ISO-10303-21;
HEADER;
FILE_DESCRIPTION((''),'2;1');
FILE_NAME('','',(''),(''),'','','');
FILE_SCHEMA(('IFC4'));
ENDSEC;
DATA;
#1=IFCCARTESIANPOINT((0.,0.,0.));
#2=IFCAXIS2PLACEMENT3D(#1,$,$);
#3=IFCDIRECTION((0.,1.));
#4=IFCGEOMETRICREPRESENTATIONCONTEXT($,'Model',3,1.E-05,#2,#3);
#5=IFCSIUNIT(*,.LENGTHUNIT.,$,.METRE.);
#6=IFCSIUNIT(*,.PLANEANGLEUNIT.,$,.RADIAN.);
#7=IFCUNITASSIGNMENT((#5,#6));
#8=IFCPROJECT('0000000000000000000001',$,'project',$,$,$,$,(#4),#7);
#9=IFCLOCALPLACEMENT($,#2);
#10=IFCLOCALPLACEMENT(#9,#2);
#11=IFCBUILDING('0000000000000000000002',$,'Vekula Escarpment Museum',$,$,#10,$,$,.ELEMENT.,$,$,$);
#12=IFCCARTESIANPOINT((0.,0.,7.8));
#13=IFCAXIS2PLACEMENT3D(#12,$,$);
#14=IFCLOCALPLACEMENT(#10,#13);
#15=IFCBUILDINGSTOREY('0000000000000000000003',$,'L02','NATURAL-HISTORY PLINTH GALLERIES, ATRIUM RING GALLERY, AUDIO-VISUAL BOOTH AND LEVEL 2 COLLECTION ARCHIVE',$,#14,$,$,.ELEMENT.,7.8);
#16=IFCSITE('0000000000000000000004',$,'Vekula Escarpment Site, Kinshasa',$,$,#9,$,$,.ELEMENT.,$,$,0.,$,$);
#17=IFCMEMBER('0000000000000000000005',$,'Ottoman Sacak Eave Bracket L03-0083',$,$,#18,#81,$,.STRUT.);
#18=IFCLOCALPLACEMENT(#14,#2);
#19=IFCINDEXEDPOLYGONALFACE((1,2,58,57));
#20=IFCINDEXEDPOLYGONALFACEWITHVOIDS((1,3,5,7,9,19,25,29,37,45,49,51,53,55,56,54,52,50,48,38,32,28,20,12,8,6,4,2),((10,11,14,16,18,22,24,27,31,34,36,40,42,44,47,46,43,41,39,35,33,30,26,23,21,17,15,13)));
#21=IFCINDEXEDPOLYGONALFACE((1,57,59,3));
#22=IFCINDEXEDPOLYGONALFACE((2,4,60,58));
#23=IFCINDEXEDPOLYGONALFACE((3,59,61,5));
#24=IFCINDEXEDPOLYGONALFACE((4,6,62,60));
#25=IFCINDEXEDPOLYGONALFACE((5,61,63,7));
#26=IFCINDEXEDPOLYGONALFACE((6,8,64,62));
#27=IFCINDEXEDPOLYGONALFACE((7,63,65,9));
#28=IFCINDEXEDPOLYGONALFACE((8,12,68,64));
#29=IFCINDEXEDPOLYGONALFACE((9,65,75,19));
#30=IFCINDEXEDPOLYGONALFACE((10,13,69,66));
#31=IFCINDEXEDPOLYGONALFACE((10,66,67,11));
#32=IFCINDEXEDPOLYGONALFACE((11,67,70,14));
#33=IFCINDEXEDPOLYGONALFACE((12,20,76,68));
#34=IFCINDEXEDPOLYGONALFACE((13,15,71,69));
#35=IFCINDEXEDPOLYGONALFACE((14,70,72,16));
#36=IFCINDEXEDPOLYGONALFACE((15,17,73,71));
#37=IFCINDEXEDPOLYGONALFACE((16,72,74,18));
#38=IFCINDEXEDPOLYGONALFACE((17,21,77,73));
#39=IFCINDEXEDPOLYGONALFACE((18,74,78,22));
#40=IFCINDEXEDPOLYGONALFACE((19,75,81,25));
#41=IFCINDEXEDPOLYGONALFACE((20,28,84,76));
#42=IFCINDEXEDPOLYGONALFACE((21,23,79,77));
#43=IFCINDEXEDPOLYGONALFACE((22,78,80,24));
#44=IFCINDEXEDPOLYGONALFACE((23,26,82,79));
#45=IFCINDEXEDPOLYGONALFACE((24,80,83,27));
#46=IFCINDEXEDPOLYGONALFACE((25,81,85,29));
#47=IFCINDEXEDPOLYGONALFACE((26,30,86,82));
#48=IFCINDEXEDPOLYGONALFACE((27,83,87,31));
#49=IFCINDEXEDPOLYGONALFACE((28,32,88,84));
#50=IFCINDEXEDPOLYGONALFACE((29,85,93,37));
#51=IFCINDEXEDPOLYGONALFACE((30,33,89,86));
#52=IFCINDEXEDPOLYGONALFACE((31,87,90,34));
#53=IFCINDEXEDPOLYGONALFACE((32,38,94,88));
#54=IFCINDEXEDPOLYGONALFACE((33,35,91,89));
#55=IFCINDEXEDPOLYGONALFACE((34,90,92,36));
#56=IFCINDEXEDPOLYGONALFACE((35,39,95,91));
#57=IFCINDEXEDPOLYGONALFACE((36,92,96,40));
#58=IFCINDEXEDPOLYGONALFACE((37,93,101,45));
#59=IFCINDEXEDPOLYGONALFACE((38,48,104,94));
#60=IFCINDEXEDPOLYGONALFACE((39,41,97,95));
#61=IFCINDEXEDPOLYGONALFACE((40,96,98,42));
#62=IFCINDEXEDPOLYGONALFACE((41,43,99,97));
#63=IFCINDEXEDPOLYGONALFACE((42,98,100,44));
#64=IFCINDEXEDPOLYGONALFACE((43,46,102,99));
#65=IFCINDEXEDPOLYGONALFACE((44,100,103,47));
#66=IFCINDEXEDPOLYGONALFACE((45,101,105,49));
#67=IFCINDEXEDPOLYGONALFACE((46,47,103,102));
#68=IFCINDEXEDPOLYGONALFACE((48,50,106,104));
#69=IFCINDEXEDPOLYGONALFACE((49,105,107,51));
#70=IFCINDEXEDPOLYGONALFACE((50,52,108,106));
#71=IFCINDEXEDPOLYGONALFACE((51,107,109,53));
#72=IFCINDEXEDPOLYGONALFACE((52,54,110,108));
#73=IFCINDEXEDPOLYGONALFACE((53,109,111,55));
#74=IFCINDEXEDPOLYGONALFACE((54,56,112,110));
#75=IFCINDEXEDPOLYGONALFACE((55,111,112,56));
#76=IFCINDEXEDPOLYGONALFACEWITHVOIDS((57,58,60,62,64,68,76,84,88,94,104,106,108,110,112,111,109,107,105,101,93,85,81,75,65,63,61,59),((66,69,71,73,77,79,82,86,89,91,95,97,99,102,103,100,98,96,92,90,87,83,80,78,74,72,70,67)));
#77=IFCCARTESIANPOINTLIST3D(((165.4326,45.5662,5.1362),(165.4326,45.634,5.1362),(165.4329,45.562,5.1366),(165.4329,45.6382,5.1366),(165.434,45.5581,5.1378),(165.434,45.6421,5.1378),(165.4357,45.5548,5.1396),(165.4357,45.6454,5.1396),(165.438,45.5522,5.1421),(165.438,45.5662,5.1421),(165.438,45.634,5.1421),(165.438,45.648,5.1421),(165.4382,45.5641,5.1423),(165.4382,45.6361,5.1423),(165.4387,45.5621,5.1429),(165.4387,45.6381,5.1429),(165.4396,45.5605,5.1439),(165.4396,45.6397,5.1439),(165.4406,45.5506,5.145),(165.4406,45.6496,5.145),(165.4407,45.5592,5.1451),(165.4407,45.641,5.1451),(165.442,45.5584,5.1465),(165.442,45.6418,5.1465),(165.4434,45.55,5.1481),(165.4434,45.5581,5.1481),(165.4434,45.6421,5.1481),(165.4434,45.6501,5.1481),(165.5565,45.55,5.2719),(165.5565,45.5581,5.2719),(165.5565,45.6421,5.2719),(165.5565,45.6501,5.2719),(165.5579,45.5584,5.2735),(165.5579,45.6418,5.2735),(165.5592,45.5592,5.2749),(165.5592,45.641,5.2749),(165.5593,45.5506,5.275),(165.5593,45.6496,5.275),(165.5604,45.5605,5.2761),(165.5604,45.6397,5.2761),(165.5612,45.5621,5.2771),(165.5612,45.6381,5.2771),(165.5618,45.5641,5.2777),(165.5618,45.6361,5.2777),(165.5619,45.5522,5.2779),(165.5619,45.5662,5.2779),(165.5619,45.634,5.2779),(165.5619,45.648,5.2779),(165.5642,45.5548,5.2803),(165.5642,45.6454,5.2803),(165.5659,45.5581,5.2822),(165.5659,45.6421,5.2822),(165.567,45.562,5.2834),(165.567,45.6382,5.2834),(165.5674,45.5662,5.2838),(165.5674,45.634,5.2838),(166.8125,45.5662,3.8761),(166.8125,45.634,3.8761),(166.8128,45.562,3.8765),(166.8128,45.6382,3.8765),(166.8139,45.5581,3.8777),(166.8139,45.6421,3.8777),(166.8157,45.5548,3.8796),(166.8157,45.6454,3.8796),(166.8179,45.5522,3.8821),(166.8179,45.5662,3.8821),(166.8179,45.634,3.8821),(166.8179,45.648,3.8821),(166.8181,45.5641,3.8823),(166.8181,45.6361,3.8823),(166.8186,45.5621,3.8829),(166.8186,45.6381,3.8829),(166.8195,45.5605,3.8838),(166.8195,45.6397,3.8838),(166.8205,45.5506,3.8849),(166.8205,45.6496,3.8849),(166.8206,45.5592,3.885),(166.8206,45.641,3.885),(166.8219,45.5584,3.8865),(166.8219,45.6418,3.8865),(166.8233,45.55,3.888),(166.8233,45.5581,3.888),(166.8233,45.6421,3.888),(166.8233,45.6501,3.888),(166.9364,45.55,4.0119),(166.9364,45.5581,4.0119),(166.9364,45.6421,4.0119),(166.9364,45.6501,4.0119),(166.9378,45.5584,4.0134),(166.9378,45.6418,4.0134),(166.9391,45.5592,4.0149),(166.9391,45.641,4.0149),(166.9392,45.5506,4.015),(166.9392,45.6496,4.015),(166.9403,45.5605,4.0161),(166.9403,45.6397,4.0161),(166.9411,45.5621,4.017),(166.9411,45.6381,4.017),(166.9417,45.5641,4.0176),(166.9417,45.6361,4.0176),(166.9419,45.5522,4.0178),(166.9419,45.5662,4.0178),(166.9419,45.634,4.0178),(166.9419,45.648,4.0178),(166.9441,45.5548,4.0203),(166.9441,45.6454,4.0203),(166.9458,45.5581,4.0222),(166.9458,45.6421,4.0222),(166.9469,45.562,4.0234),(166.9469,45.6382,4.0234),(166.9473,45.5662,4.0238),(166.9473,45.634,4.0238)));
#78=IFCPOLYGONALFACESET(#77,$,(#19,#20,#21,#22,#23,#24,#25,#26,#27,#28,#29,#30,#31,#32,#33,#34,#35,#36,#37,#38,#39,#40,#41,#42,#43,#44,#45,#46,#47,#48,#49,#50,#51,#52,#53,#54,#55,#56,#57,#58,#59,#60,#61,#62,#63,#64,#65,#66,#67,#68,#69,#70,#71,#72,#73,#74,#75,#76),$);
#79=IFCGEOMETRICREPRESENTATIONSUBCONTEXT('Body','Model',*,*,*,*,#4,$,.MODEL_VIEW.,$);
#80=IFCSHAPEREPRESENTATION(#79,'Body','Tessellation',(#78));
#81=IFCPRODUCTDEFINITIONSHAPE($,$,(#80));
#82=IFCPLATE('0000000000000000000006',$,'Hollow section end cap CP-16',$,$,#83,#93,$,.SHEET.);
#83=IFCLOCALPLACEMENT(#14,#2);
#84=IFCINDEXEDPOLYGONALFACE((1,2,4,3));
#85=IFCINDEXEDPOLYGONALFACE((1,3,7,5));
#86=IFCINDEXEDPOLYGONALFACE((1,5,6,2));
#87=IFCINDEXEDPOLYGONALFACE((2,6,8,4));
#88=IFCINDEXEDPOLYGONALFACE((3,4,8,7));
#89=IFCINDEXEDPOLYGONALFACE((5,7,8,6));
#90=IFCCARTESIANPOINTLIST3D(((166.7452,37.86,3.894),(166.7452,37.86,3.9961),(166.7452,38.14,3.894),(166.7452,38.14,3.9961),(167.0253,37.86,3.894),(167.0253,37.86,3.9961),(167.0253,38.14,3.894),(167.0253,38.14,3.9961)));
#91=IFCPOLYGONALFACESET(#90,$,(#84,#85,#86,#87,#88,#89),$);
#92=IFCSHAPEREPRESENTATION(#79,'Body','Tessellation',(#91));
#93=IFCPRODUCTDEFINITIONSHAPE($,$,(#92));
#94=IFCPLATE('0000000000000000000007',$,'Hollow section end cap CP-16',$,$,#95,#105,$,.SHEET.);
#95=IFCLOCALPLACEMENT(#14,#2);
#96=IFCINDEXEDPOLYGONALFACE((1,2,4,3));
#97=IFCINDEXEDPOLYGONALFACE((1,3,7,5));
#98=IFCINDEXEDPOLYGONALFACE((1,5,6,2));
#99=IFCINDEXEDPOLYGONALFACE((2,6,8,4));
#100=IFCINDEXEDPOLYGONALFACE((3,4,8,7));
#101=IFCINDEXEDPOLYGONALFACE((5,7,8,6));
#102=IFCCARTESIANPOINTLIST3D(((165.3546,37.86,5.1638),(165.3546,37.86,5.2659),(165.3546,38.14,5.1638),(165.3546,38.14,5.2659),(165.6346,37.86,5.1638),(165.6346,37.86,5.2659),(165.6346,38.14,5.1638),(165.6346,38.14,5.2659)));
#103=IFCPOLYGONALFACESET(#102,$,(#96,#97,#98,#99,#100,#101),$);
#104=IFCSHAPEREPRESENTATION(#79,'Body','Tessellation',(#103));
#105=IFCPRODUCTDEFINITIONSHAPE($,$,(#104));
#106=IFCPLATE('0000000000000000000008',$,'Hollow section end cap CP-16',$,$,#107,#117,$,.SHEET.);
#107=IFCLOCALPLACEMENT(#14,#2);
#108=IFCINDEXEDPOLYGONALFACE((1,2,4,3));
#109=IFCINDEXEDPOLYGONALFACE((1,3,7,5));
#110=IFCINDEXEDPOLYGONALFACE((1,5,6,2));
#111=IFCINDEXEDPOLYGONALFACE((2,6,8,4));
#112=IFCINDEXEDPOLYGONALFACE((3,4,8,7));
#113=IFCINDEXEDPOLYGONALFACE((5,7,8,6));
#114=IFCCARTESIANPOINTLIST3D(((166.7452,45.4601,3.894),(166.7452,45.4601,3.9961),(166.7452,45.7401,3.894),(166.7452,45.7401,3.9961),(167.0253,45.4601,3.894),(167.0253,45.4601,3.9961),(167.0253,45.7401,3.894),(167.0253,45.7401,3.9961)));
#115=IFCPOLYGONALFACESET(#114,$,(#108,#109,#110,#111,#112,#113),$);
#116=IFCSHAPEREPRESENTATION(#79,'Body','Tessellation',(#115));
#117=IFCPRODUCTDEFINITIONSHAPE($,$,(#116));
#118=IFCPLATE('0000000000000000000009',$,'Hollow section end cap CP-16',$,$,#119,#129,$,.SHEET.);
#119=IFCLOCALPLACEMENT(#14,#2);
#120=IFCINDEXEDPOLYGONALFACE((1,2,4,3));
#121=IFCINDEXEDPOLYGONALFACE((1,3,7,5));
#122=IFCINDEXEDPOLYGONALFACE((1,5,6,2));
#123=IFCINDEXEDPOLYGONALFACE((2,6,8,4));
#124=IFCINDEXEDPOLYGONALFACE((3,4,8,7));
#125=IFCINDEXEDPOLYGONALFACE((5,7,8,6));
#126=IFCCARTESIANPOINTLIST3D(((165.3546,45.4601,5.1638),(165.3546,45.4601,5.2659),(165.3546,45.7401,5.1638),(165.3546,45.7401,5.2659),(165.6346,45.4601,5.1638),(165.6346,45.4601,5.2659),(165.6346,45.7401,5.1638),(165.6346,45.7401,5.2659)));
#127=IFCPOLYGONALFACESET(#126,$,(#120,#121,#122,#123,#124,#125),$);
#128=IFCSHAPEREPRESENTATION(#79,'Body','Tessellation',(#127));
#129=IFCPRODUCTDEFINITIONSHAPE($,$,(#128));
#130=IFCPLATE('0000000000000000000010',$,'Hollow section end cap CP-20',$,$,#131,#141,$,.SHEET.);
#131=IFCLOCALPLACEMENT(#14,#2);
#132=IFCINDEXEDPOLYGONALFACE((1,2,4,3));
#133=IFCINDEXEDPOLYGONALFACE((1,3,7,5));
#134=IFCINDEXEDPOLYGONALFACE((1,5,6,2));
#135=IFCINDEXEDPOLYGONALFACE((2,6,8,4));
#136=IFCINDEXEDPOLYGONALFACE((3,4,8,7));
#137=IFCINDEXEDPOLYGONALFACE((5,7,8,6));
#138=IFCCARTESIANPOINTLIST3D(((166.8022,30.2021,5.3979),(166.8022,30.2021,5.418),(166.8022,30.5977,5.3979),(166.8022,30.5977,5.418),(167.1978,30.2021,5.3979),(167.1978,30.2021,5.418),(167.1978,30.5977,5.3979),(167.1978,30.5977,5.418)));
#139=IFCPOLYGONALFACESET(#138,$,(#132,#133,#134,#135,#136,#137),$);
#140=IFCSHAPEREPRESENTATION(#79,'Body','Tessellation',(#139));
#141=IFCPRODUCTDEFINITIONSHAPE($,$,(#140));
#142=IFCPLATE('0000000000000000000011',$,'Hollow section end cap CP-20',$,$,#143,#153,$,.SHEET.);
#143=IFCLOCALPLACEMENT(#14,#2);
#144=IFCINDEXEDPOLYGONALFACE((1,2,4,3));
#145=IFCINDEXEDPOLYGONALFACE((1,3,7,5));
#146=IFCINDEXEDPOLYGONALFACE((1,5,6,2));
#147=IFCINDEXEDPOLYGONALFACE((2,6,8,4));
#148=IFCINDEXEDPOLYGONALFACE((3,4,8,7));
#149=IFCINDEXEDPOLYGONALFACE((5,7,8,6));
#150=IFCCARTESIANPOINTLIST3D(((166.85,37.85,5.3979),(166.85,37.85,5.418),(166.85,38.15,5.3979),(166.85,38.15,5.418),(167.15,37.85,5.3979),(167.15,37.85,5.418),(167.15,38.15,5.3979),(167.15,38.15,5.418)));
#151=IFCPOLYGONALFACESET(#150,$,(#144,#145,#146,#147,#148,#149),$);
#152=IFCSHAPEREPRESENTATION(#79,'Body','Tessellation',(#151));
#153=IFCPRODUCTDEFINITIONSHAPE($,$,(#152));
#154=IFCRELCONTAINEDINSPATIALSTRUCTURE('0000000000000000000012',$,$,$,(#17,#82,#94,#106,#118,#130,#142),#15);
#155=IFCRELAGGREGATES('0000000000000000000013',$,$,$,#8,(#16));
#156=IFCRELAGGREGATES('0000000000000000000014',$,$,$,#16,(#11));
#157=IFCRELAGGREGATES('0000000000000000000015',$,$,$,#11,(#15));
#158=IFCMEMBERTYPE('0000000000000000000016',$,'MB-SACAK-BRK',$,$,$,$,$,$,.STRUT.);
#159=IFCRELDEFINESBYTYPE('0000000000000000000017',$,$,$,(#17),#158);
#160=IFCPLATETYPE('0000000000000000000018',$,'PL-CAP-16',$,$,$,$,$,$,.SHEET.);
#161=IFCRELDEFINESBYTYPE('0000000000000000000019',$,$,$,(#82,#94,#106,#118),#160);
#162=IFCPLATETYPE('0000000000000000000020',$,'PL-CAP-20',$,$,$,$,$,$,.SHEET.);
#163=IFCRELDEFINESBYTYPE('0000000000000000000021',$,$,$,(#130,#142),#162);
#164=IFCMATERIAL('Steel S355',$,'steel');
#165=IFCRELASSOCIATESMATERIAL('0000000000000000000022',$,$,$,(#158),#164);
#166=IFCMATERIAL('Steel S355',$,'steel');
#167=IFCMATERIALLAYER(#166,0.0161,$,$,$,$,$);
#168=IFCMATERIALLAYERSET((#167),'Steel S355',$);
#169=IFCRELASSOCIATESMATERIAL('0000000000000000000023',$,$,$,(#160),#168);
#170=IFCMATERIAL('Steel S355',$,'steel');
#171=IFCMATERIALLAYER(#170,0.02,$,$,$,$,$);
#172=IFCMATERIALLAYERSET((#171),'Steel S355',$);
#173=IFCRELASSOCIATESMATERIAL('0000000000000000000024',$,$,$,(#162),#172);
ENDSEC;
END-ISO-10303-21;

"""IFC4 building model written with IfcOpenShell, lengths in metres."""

from ifc_helpers import new_model, si_unit, direction, frame, origin, origin_2d, place, context, subcontext, project, spatial, rectangle, hollow_rectangle, extrude, material, layer, layer_set, material_profile, profile_set, type_object, element, save


model = new_model("IFC4")

# Units and contexts
model_context = context("Model", 3, precision=1e-05, world=origin(), true_north=direction((0.0, 1.0)))
body_context = subcontext(model_context, "Body", "Model", "MODEL_VIEW")
ifc_project = project(units=[si_unit("LENGTHUNIT", "METRE"), si_unit("PLANEANGLEUNIT", "RADIAN")], contexts=[model_context])

# Site, building, storey
site_placement = place(None, origin())
site = spatial("IfcSite", under=ifc_project, at=site_placement, Name="Vekula Escarpment Site, Kinshasa", CompositionType="ELEMENT", RefElevation=0.0)
building_placement = place(site_placement, origin())
building = spatial("IfcBuilding", under=site, at=building_placement, Name="Vekula Escarpment Museum", CompositionType="ELEMENT")
storey_placement = place(building_placement, frame((0.0, 0.0, 7.8)))
storey = spatial("IfcBuildingStorey", under=building, at=storey_placement, Name="L02", Description="NATURAL-HISTORY PLINTH GALLERIES, ATRIUM RING GALLERY, AUDIO-VISUAL BOOTH AND LEVEL 2 COLLECTION ARCHIVE", CompositionType="ELEMENT", Elevation=7.8)

# Member
ifc_material_1 = material(Name="Steel S355", Category="steel")
ifc_material_profile_1 = material_profile(ifc_material_1, hollow_rectangle(XDim=0.1001, YDim=0.2, WallThickness=0.0081, InnerFilletRadius=0.0081, OuterFilletRadius=0.0161, at=origin_2d()), Name="RHS 200x100x8")
ifc_profile_set_1 = profile_set([ifc_material_profile_1], Name="Steel S355")
member_type = type_object("IfcMemberType", Name="MB-SACAK-BRK", PredefinedType="STRUT", material=ifc_profile_set_1)
for number, where, z_axis, x_axis, name in (
    (1, (166.8799, 45.6001, 3.95), (-0.738454, 0.0, 0.674303), (0.0, -1.0, 0.0), "Ottoman Sacak Eave Bracket L03-0083"),
):
    element("IfcMember", number, at=place(storey_placement, frame(where, z_axis=z_axis, x_axis=x_axis)), inside=storey, type_object=member_type, Name=name, PredefinedType="STRUT", context=body_context, shape_type="SweptSolid", body=[
        extrude(hollow_rectangle(XDim=0.1001, YDim=0.2, WallThickness=0.0081, InnerFilletRadius=0.0081, OuterFilletRadius=0.0161, at=origin_2d()), origin(), (0.0, 0.0, 1.0), 1.8687),
    ])

# Plates
ifc_material_2 = material(Name="Steel S355", Category="steel")
ifc_layer_1 = layer(ifc_material_2, 0.0161)
ifc_layer_set_1 = layer_set([ifc_layer_1], Name="Steel S355")
plate_type_1 = type_object("IfcPlateType", Name="PL-CAP-16", PredefinedType="SHEET", material=ifc_layer_set_1)
for number, where, z_axis, x_axis, name in (
    (2, (166.8853, 38.0, 3.894), (0.0, 0.0, 1.0), (1.0, 0.0, 0.0), "Hollow section end cap CP-16"),
    (3, (165.4946, 38.0, 5.1638), (0.0, 0.0, 1.0), (1.0, 0.0, 0.0), "Hollow section end cap CP-16"),
    (4, (166.8853, 45.6001, 3.894), (0.0, 0.0, 1.0), (1.0, 0.0, 0.0), "Hollow section end cap CP-16"),
    (5, (165.4946, 45.6001, 5.1638), (0.0, 0.0, 1.0), (1.0, 0.0, 0.0), "Hollow section end cap CP-16"),
):
    element("IfcPlate", number, at=place(storey_placement, frame(where, z_axis=z_axis, x_axis=x_axis)), inside=storey, type_object=plate_type_1, Name=name, PredefinedType="SHEET", context=body_context, shape_type="SweptSolid", body=[
        extrude(rectangle(XDim=0.28, YDim=0.28, at=origin_2d()), origin(), (0.0, 0.0, 1.0), 0.1021),
    ])
ifc_material_3 = material(Name="Steel S355", Category="steel")
ifc_layer_2 = layer(ifc_material_3, 0.02)
ifc_layer_set_2 = layer_set([ifc_layer_2], Name="Steel S355")
plate_type_2 = type_object("IfcPlateType", Name="PL-CAP-20", PredefinedType="SHEET", material=ifc_layer_set_2)
plate_1_placement = place(storey_placement, frame((167.0, 30.3999, 5.3979), z_axis=(0.0, 0.0, 1.0), x_axis=(1.0, 0.0, 0.0)))
element("IfcPlate", 6, at=plate_1_placement, inside=storey, type_object=plate_type_2, Name="Hollow section end cap CP-20", PredefinedType="SHEET", context=body_context, shape_type="SweptSolid", body=[
    extrude(rectangle(XDim=0.3955, YDim=0.3955, at=origin_2d()), origin(), (0.0, 0.0, 1.0), 0.02),
])
plate_2_placement = place(storey_placement, frame((167.0, 38.0, 5.3979), z_axis=(0.0, 0.0, 1.0), x_axis=(1.0, 0.0, 0.0)))
element("IfcPlate", 7, at=plate_2_placement, inside=storey, type_object=plate_type_2, Name="Hollow section end cap CP-20", PredefinedType="SHEET", context=body_context, shape_type="SweptSolid", body=[
    extrude(rectangle(XDim=0.3, YDim=0.3, at=origin_2d()), origin(), (0.0, 0.0, 1.0), 0.02),
])

save(model, "model.ifc")
